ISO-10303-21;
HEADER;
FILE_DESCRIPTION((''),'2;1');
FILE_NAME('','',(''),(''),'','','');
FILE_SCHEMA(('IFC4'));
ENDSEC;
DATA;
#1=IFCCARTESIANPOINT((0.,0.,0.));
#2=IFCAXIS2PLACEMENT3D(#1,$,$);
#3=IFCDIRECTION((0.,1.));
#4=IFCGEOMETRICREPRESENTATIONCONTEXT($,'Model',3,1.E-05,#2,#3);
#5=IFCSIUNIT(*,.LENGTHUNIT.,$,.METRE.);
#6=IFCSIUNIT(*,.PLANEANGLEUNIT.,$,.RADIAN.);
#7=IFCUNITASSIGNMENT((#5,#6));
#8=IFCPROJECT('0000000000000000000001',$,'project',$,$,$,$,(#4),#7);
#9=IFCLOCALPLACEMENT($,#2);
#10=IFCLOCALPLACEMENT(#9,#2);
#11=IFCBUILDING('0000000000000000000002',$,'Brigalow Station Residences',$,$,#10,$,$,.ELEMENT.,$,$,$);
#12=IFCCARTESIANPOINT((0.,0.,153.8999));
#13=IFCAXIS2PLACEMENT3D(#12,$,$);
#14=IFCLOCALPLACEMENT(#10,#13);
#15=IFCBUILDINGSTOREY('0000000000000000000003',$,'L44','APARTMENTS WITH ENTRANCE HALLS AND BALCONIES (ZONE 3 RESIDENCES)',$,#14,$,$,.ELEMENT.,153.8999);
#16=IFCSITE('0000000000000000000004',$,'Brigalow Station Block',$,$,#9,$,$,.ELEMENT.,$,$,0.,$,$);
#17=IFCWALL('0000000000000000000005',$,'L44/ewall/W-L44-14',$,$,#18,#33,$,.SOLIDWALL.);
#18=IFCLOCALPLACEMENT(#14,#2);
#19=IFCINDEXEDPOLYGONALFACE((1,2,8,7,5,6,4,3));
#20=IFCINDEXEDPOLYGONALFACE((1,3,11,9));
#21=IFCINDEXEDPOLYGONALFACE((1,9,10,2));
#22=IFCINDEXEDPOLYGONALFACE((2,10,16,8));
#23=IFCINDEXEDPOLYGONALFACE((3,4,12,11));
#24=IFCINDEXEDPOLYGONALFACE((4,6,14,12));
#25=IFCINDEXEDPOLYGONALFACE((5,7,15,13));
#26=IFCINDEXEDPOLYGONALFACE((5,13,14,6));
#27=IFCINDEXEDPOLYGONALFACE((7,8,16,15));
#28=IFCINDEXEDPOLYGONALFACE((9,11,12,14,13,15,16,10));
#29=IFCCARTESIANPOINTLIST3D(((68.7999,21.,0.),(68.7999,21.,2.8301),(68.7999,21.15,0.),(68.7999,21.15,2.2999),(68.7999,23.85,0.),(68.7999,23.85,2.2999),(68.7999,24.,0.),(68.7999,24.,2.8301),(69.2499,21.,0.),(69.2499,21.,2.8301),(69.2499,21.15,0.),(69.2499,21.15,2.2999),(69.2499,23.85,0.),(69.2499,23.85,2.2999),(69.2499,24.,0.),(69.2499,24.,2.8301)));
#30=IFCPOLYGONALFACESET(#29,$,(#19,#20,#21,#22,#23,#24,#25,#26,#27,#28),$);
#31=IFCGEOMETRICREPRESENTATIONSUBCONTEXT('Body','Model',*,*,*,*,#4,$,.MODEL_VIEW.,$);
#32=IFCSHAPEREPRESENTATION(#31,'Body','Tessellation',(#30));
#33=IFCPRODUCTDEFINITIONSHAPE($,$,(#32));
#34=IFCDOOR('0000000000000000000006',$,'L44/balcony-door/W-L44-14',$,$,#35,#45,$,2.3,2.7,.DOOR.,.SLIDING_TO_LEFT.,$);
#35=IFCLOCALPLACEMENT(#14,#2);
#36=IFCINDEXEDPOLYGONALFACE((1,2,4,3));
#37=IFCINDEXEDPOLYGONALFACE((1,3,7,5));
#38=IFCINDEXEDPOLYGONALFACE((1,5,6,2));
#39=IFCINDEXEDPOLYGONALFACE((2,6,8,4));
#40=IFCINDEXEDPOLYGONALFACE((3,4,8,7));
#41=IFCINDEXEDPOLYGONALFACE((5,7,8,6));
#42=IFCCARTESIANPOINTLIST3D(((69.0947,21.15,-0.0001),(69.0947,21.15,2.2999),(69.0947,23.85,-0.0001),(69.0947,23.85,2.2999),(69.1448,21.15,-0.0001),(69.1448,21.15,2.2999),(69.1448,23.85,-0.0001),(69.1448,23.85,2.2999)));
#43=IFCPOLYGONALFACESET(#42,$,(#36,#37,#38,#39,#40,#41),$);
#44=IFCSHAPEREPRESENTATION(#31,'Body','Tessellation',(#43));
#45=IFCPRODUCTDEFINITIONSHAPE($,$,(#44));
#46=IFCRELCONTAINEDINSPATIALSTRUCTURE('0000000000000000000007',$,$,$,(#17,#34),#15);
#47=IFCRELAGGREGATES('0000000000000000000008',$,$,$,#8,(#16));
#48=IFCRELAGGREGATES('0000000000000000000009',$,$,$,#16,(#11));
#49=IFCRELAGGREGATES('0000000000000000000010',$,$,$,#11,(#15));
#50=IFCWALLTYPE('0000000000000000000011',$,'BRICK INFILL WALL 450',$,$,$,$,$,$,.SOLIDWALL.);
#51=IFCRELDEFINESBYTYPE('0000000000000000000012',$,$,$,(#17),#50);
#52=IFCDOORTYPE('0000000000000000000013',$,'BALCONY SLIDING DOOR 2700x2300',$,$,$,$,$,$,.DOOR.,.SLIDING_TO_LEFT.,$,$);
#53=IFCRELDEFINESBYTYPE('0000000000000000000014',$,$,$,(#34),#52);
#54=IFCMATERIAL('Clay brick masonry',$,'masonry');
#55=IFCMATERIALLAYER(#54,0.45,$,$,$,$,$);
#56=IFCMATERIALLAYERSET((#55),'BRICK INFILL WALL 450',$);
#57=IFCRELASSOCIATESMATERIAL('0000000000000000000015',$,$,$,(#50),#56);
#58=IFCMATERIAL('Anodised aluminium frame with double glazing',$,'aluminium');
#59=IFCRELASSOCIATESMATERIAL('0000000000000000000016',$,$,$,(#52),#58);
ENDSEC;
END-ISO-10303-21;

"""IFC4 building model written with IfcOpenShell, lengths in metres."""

from ifc_helpers import new_model, si_unit, direction, frame, frame_2d, origin, place, context, subcontext, project, spatial, rectangle, extrude, material, layer, layer_set, type_object, element, fill, save


model = new_model("IFC4")

# Units and contexts
model_context = context("Model", 3, precision=1e-05, world=origin(), true_north=direction((0.0, 1.0)))
body_context = subcontext(model_context, "Body", "Model", "MODEL_VIEW")
ifc_project = project(units=[si_unit("LENGTHUNIT", "METRE"), si_unit("PLANEANGLEUNIT", "RADIAN")], contexts=[model_context])

# Site, building, storey
site_placement = place(None, origin())
site = spatial("IfcSite", under=ifc_project, at=site_placement, Name="Brigalow Station Block", CompositionType="ELEMENT", RefElevation=0.0)
building_placement = place(site_placement, origin())
building = spatial("IfcBuilding", under=site, at=building_placement, Name="Brigalow Station Residences", CompositionType="ELEMENT")
storey_placement = place(building_placement, frame((0.0, 0.0, 153.8999)))
storey = spatial("IfcBuildingStorey", under=building, at=storey_placement, Name="L44", Description="APARTMENTS WITH ENTRANCE HALLS AND BALCONIES (ZONE 3 RESIDENCES)", CompositionType="ELEMENT", Elevation=153.8999)

# Shared definitions
ifc_material_1 = material(Name="Clay brick masonry", Category="masonry")
ifc_layer = layer(ifc_material_1, 0.45)
ifc_layer_set = layer_set([ifc_layer], Name="BRICK INFILL WALL 450")
wall_type = type_object("IfcWallType", Name="BRICK INFILL WALL 450", PredefinedType="SOLIDWALL", material=ifc_layer_set)

# Wall, opening, door
wall_1_placement = place(storey_placement, frame((69.0249, 21.0, 0.0), z_axis=(0.0, 0.0, 1.0), x_axis=(0.0, 1.0, 0.0)))
wall_1 = element("IfcWall", 1, at=wall_1_placement, inside=storey, type_object=wall_type, Name="L44/ewall/W-L44-14", PredefinedType="SOLIDWALL", context=body_context, shape_type="SweptSolid", body=[
    extrude(rectangle(XDim=3.0, YDim=0.45, at=frame_2d((1.5, 0.0))), origin(), (0.0, 0.0, 1.0), 2.8301),
])
opening_1_placement = place(wall_1_placement, frame((0.1499, 0.0, 0.0)))
opening_1 = element("IfcOpeningElement", 2, at=opening_1_placement, cuts=wall_1, PredefinedType="OPENING", context=body_context, shape_type="SweptSolid", body=[
    extrude(rectangle(XDim=2.7, YDim=2.3, at=frame_2d((1.3501, 1.1499))), frame((0.0, 0.2349, 0.0), z_axis=(0.0, -1.0, 0.0), x_axis=(1.0, 0.0, 0.0)), (0.0, 0.0, 1.0), 0.47),
])
ifc_material_2 = material(Name="Anodised aluminium frame with double glazing", Category="aluminium")
door_type = type_object("IfcDoorType", Name="BALCONY SLIDING DOOR 2700x2300", OperationType="SLIDING_TO_LEFT", PredefinedType="DOOR", material=ifc_material_2)
door_placement = place(opening_1_placement, origin())
door = element("IfcDoor", 3, at=door_placement, inside=storey, type_object=door_type, Name="L44/balcony-door/W-L44-14", OperationType="SLIDING_TO_LEFT", OverallHeight=2.3, OverallWidth=2.7, PredefinedType="DOOR", context=body_context, shape_type="SweptSolid", body=[
    extrude(rectangle(XDim=2.7, YDim=2.3, at=frame_2d((1.3501, 1.1499))), frame((0.0, -0.0698, 0.0), z_axis=(0.0, -1.0, 0.0), x_axis=(1.0, 0.0, 0.0)), (0.0, 0.0, 1.0), 0.05),
])
fill(opening_1, door)

save(model, "model.ifc")
